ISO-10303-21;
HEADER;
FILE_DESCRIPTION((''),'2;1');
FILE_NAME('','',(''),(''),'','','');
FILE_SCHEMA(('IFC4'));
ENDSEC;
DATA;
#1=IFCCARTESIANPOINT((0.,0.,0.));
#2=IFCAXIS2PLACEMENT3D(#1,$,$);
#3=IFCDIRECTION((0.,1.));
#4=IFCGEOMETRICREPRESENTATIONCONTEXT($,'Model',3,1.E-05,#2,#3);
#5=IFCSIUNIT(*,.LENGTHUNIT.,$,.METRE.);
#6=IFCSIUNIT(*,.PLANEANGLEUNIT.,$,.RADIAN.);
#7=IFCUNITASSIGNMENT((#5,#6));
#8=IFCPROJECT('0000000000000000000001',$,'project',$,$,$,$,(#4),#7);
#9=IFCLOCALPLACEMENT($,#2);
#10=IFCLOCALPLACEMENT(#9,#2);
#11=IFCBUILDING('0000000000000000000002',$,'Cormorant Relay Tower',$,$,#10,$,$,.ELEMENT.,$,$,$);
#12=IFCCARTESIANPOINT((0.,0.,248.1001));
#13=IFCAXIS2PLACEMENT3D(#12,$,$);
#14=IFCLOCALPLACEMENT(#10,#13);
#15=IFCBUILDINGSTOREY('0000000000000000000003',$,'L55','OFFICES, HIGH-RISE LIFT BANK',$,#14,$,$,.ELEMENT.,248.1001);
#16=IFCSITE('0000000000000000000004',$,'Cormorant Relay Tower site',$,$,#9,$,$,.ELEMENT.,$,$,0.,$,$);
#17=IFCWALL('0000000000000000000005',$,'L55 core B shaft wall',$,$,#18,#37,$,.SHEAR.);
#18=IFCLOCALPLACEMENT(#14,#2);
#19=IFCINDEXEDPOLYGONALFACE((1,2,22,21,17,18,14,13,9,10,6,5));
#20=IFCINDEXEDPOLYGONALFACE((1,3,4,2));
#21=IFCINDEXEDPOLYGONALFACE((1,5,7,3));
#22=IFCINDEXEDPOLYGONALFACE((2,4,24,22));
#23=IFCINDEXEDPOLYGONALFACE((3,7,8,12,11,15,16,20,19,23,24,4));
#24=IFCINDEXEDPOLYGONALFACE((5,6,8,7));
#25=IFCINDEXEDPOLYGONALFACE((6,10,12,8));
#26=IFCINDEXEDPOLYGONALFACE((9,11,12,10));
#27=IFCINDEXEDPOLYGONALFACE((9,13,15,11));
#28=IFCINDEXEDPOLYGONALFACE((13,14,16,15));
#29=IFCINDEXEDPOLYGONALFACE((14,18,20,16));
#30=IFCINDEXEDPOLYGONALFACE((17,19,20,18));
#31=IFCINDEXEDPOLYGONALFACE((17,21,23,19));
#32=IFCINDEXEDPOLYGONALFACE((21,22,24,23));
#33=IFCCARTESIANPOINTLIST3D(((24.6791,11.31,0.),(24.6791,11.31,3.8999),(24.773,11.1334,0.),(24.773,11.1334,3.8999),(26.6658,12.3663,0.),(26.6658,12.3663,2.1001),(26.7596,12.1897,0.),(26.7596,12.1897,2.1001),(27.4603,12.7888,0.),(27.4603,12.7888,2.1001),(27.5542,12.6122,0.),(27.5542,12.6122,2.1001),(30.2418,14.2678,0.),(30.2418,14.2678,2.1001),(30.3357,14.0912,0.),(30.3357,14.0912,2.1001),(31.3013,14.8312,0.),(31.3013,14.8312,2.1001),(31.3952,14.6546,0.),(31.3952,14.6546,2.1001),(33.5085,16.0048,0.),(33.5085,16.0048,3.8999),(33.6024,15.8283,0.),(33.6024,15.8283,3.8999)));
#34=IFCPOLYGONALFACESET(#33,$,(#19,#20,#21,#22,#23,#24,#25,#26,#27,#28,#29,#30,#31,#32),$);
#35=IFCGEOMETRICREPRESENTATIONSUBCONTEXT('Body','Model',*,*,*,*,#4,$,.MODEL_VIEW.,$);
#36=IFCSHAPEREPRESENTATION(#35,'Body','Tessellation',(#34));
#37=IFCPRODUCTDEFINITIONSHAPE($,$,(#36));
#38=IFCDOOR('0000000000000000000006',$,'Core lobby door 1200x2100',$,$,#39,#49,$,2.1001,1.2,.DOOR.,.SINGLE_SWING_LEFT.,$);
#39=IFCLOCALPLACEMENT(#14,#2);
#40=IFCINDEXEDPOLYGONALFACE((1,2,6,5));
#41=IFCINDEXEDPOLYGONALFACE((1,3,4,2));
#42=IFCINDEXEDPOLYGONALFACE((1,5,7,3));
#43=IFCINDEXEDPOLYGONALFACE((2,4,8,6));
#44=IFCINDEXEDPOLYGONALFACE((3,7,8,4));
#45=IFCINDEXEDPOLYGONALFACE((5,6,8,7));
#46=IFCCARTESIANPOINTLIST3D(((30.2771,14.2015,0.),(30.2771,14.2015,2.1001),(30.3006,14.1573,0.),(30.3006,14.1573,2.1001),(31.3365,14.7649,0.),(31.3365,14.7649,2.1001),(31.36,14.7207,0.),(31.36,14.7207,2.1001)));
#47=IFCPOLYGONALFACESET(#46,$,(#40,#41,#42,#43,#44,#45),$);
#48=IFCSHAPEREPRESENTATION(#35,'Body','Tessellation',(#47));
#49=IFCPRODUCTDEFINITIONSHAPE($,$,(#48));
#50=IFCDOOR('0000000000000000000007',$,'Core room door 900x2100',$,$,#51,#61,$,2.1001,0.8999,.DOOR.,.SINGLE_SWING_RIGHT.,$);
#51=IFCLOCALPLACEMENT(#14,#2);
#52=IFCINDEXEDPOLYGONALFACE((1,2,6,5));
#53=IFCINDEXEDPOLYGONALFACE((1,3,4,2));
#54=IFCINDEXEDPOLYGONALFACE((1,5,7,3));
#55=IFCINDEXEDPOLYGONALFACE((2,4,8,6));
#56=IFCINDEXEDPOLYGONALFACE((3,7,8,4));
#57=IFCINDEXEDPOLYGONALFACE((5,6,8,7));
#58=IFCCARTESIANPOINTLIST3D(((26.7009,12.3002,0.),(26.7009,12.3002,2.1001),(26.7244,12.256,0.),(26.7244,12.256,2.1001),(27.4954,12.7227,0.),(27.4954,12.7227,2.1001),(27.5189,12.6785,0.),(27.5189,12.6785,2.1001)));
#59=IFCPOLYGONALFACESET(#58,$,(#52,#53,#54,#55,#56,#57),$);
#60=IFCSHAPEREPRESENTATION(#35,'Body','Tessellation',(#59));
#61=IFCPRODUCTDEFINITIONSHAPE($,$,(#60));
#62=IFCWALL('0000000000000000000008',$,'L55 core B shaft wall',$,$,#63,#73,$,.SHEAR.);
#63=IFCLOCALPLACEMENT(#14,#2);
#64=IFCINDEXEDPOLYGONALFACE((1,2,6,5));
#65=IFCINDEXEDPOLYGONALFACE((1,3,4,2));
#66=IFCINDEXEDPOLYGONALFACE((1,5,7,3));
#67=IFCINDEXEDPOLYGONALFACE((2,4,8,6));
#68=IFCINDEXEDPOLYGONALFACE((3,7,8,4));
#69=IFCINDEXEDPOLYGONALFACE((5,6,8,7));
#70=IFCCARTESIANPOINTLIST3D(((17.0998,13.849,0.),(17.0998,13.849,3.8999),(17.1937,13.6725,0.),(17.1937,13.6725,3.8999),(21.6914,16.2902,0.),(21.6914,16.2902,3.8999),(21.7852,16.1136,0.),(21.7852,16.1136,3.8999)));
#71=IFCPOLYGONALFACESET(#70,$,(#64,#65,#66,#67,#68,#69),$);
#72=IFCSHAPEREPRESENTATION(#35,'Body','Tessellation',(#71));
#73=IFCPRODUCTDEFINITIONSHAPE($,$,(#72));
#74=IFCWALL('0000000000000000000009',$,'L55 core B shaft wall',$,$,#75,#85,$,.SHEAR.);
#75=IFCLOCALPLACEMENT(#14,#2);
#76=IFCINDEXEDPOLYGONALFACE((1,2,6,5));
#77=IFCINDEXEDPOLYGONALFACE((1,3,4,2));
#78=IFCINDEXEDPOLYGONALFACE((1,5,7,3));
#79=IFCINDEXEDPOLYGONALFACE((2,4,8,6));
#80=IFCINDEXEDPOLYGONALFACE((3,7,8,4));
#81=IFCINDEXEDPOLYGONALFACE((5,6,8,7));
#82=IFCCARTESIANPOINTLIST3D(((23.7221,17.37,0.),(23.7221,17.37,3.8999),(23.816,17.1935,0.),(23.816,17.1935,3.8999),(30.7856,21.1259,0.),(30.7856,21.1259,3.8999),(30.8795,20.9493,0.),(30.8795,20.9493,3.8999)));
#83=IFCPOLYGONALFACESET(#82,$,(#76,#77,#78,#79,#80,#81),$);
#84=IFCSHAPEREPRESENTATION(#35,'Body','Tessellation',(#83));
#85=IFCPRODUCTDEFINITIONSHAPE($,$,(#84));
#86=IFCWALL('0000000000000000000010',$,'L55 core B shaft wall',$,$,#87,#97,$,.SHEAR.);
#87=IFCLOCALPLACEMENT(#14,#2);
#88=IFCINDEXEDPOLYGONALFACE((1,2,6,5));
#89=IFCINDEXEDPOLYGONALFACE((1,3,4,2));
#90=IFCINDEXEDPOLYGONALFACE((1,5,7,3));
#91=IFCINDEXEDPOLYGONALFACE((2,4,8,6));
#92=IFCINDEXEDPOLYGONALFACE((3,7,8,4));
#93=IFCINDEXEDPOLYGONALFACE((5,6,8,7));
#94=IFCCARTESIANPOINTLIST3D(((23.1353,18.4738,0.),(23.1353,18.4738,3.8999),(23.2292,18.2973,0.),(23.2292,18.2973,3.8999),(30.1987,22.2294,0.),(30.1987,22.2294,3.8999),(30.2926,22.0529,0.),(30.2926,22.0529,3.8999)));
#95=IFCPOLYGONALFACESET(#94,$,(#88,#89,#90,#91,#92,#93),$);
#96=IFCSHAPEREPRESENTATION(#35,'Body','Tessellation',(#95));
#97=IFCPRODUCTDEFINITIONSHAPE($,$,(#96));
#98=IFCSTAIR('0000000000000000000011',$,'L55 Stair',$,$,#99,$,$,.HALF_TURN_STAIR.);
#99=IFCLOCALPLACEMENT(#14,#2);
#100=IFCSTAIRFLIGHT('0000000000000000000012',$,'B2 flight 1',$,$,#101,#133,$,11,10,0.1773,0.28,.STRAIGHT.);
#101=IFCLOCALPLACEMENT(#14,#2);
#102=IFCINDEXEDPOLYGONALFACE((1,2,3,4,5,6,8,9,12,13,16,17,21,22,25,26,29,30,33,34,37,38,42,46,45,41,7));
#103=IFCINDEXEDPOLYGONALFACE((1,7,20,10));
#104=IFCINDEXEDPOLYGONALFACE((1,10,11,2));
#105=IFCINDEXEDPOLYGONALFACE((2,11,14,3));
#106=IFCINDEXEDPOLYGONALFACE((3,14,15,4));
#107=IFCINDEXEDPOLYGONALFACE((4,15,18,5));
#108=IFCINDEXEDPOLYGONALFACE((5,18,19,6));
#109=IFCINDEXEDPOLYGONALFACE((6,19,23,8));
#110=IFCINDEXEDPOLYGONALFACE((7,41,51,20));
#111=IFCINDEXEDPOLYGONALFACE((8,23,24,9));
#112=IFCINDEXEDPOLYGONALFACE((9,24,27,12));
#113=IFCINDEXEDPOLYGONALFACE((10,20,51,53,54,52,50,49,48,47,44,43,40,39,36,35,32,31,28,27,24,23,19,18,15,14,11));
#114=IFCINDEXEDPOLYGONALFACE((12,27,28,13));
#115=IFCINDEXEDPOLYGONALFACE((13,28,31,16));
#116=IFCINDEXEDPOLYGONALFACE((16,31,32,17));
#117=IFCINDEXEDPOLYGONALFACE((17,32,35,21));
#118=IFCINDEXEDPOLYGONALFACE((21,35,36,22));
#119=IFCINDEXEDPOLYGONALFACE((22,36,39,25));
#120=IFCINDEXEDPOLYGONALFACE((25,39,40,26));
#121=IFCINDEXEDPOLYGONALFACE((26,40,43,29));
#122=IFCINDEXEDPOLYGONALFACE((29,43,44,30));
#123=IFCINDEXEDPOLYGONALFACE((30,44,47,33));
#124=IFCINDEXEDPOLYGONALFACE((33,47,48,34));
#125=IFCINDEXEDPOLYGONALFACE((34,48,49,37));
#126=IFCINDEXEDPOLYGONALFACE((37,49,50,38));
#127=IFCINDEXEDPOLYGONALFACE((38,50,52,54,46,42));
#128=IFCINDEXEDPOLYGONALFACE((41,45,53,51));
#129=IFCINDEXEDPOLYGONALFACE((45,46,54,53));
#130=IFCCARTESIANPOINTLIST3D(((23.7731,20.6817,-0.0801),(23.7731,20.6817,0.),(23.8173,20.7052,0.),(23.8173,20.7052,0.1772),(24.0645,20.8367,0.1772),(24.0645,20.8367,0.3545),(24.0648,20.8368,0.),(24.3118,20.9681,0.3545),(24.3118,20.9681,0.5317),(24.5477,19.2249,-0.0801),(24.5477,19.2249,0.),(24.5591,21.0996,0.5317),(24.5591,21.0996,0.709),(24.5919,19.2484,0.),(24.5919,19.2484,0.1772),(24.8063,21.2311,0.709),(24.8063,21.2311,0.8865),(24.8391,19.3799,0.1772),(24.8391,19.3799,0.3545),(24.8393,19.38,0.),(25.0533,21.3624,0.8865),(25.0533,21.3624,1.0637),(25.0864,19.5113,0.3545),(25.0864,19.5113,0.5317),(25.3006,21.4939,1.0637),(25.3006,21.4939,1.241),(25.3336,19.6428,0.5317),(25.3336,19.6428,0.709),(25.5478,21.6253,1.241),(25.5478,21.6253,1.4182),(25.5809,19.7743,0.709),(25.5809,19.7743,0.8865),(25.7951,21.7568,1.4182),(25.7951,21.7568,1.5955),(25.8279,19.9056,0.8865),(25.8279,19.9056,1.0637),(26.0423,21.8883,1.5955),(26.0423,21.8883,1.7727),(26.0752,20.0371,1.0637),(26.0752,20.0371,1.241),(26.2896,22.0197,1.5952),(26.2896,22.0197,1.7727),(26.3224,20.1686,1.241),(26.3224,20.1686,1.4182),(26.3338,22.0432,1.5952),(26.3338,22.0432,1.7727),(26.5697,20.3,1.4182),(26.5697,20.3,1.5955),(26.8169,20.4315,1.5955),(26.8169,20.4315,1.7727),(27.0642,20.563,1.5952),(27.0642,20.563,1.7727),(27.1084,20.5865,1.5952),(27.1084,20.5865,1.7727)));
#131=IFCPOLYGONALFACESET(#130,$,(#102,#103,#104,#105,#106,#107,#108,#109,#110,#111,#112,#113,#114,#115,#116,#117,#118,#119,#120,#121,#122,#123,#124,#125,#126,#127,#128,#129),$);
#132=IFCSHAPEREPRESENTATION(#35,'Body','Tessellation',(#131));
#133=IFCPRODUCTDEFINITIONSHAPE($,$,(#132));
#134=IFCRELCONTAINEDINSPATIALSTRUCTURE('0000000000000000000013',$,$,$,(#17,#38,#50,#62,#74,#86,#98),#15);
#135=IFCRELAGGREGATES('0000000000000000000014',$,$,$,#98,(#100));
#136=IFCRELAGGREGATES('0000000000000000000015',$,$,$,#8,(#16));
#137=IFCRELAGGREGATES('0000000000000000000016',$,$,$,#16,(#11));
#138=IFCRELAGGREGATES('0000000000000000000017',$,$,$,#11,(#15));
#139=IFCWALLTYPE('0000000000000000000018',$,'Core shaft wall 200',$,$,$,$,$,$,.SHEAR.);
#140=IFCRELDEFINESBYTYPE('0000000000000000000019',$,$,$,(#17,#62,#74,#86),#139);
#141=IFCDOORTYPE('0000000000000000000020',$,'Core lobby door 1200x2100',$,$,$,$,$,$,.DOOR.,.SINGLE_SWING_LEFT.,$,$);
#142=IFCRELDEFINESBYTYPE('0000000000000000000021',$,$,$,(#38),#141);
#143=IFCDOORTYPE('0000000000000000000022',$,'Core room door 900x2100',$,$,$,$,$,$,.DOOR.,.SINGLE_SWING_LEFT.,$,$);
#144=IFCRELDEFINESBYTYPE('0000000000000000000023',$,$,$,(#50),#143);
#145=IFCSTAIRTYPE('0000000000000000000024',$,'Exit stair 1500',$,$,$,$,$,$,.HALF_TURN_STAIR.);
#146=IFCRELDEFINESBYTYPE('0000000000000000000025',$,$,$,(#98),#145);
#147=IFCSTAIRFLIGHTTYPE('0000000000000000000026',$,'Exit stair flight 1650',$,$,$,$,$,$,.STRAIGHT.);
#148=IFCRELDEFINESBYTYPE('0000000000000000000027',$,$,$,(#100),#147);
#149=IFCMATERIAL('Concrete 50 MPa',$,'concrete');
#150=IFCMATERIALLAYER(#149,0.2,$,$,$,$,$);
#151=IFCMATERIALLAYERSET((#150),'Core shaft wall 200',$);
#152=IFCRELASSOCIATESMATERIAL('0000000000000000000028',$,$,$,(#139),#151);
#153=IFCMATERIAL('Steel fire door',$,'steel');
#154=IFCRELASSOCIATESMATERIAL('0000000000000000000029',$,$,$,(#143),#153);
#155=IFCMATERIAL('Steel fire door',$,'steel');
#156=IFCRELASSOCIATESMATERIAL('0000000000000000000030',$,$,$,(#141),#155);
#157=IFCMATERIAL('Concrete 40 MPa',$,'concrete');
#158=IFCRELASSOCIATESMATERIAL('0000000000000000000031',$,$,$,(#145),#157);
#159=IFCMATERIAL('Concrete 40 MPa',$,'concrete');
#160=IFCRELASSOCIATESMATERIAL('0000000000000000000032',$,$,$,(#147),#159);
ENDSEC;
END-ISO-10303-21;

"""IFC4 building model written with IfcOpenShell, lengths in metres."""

from ifc_helpers import new_model, si_unit, direction, frame, frame_2d, origin, place, context, subcontext, project, spatial, polyline, rectangle, outline, extrude, material, layer, layer_set, type_object, element, fill, aggregate, save


model = new_model("IFC4")

# Units and contexts
model_context = context("Model", 3, precision=1e-05, world=origin(), true_north=direction((0.0, 1.0)))
body_context = subcontext(model_context, "Body", "Model", "MODEL_VIEW")
ifc_project = project(units=[si_unit("LENGTHUNIT", "METRE"), si_unit("PLANEANGLEUNIT", "RADIAN")], contexts=[model_context])

# Site, building, storey
site_placement = place(None, origin())
site = spatial("IfcSite", under=ifc_project, at=site_placement, Name="Cormorant Relay Tower site", CompositionType="ELEMENT", RefElevation=0.0)
building_placement = place(site_placement, origin())
building = spatial("IfcBuilding", under=site, at=building_placement, Name="Cormorant Relay Tower", CompositionType="ELEMENT")
storey_placement = place(building_placement, frame((0.0, 0.0, 248.1001)))
storey = spatial("IfcBuildingStorey", under=building, at=storey_placement, Name="L55", Description="OFFICES, HIGH-RISE LIFT BANK", CompositionType="ELEMENT", Elevation=248.1001)

# Shared definitions
ifc_material_1 = material(Name="Concrete 50 MPa", Category="concrete")
ifc_layer_1 = layer(ifc_material_1, 0.2)
ifc_layer_set_1 = layer_set([ifc_layer_1], Name="Core shaft wall 200")
wall_type_1 = type_object("IfcWallType", Name="Core shaft wall 200", PredefinedType="SHEAR", material=ifc_layer_set_1)

# Shared definitions
ifc_material_2 = material(Name="Steel fire door", Category="steel")
door_type_1 = type_object("IfcDoorType", Name="Core room door 900x2100", OperationType="SINGLE_SWING_LEFT", PredefinedType="DOOR", material=ifc_material_2)

# Wall, openings, doors
wall_1_placement = place(storey_placement, frame((24.7261, 11.2217, 0.0), z_axis=(0.0, 0.0, 1.0), x_axis=(0.88294, 0.469485, 0.0)))
wall_1 = element("IfcWall", 1, at=wall_1_placement, inside=storey, type_object=wall_type_1, Name="L55 core B shaft wall", PredefinedType="SHEAR", context=body_context, shape_type="SweptSolid", body=[
    extrude(rectangle(XDim=10.0, YDim=0.2, at=frame_2d((5.0, 0.0))), origin(), (0.0, 0.0, 1.0), 3.8999),
])
opening_1_placement = place(wall_1_placement, frame((6.3, 0.0, 0.0)))
opening_1 = element("IfcOpeningElement", 2, at=opening_1_placement, cuts=wall_1, PredefinedType="OPENING", context=body_context, shape_type="SweptSolid", body=[
    extrude(rectangle(XDim=1.2, YDim=2.1001, at=frame_2d((0.6001, 1.05))), frame((0.0, 0.1099, 0.0), z_axis=(0.0, -1.0, 0.0), x_axis=(1.0, 0.0, 0.0)), (0.0, 0.0, 1.0), 0.22),
])
opening_2_placement = place(wall_1_placement, frame((2.25, 0.0, 0.0)))
opening_2 = element("IfcOpeningElement", 3, at=opening_2_placement, cuts=wall_1, PredefinedType="OPENING", context=body_context, shape_type="SweptSolid", body=[
    extrude(rectangle(XDim=0.8999, YDim=2.1001, at=frame_2d((0.45, 1.05))), frame((0.0, 0.1099, 0.0), z_axis=(0.0, -1.0, 0.0), x_axis=(1.0, 0.0, 0.0)), (0.0, 0.0, 1.0), 0.22),
])
ifc_material_3 = material(Name="Steel fire door", Category="steel")
door_type_2 = type_object("IfcDoorType", Name="Core lobby door 1200x2100", OperationType="SINGLE_SWING_LEFT", PredefinedType="DOOR", material=ifc_material_3)
door_1_placement = place(opening_1_placement, origin())
door_1 = element("IfcDoor", 4, at=door_1_placement, inside=storey, type_object=door_type_2, Name="Core lobby door 1200x2100", OperationType="SINGLE_SWING_LEFT", OverallHeight=2.1001, OverallWidth=1.2, PredefinedType="DOOR", context=body_context, shape_type="SweptSolid", body=[
    extrude(rectangle(XDim=1.2, YDim=2.1001, at=frame_2d((0.6001, 1.05))), frame((0.0, 0.0249, 0.0), z_axis=(0.0, -1.0, 0.0), x_axis=(1.0, 0.0, 0.0)), (0.0, 0.0, 1.0), 0.05),
])
fill(opening_1, door_1)
door_2_placement = place(opening_2_placement, frame((0.8999, 0.0, 0.0), z_axis=(0.0, 0.0, 1.0), x_axis=(-1.0, 0.0, 0.0)))
door_2 = element("IfcDoor", 5, at=door_2_placement, inside=storey, type_object=door_type_1, Name="Core room door 900x2100", OperationType="SINGLE_SWING_RIGHT", OverallHeight=2.1001, OverallWidth=0.8999, PredefinedType="DOOR", context=body_context, shape_type="SweptSolid", body=[
    extrude(rectangle(XDim=0.8999, YDim=2.1001, at=frame_2d((0.45, 1.05))), frame((0.0, 0.0249, 0.0), z_axis=(0.0, -1.0, 0.0), x_axis=(1.0, 0.0, 0.0)), (0.0, 0.0, 1.0), 0.05),
])
fill(opening_2, door_2)

# Walls
wall_2_placement = place(storey_placement, frame((17.1467, 13.7607, 0.0), z_axis=(0.0, 0.0, 1.0), x_axis=(0.882964, 0.46944, 0.0)))
element("IfcWall", 6, at=wall_2_placement, inside=storey, type_object=wall_type_1, Name="L55 core B shaft wall", PredefinedType="SHEAR", context=body_context, shape_type="SweptSolid", body=[
    extrude(rectangle(XDim=5.2002, YDim=0.2, at=frame_2d((2.6001, 0.0))), origin(), (0.0, 0.0, 1.0), 3.8999),
])
wall_3_placement = place(storey_placement, frame((23.769, 17.2817, 0.0), z_axis=(0.0, 0.0, 1.0), x_axis=(0.88294, 0.469485, 0.0)))
element("IfcWall", 7, at=wall_3_placement, inside=storey, type_object=wall_type_1, Name="L55 core B shaft wall", PredefinedType="SHEAR", context=body_context, shape_type="SweptSolid", body=[
    extrude(rectangle(XDim=8.0, YDim=0.2, at=frame_2d((4.0, 0.0))), origin(), (0.0, 0.0, 1.0), 3.8999),
])
wall_4_placement = place(storey_placement, frame((23.1821, 18.3855, 0.0), z_axis=(0.0, 0.0, 1.0), x_axis=(0.882953, 0.469462, 0.0)))
element("IfcWall", 8, at=wall_4_placement, inside=storey, type_object=wall_type_1, Name="L55 core B shaft wall", PredefinedType="SHEAR", context=body_context, shape_type="SweptSolid", body=[
    extrude(rectangle(XDim=7.9998, YDim=0.2, at=frame_2d((4.0, 0.0))), origin(), (0.0, 0.0, 1.0), 3.8999),
])

# Stair, stair flight
ifc_material_4 = material(Name="Concrete 40 MPa", Category="concrete")
stair_type = type_object("IfcStairType", Name="Exit stair 1500", PredefinedType="HALF_TURN_STAIR", material=ifc_material_4)
stair_placement = place(storey_placement, origin())
stair = element("IfcStair", 9, at=stair_placement, inside=storey, type_object=stair_type, Name="L55 Stair", PredefinedType="HALF_TURN_STAIR")
ifc_material_5 = material(Name="Concrete 40 MPa", Category="concrete")
stair_flight_type = type_object("IfcStairFlightType", Name="Exit stair flight 1650", PredefinedType="STRAIGHT", material=ifc_material_5)
stair_flight_placement = place(storey_placement, frame((24.2046, 19.9768, 0.0), z_axis=(0.0, 0.0, 1.0), x_axis=(0.882948, 0.469472, 0.0)))
stair_flight = element("IfcStairFlight", 10, at=stair_flight_placement, type_object=stair_flight_type, Name="B2 flight 1", NumberOfRisers=11, NumberOfTreads=10, PredefinedType="STRAIGHT", RiserHeight=0.1773, TreadLength=0.28, context=body_context, shape_type="SweptSolid", body=[
    extrude(outline(polyline([(-0.05, -0.0801), (-0.05, 0.0), (0.0, 0.0), (0.0, 0.1772), (0.28, 0.1772), (0.28, 0.3545), (0.5601, 0.3545), (0.5601, 0.5317), (0.8401, 0.5317), (0.8401, 0.709), (1.1201, 0.709), (1.1201, 0.8865), (1.3999, 0.8865), (1.3999, 1.0637), (1.6799, 1.0637), (1.6799, 1.241), (1.96, 1.241), (1.96, 1.4182), (2.24, 1.4182), (2.24, 1.5955), (2.52, 1.5955), (2.52, 1.7727), (2.8, 1.7727), (2.8501, 1.7727), (2.8501, 1.5952), (2.8, 1.5952), (0.2803, 0.0), (-0.05, -0.0801)])), frame((0.0, 0.825, 0.0), z_axis=(0.0, -1.0, 0.0), x_axis=(1.0, 0.0, 0.0)), (0.0, 0.0, 1.0), 1.6499),
])
aggregate(stair, [stair_flight])

save(model, "model.ifc")
